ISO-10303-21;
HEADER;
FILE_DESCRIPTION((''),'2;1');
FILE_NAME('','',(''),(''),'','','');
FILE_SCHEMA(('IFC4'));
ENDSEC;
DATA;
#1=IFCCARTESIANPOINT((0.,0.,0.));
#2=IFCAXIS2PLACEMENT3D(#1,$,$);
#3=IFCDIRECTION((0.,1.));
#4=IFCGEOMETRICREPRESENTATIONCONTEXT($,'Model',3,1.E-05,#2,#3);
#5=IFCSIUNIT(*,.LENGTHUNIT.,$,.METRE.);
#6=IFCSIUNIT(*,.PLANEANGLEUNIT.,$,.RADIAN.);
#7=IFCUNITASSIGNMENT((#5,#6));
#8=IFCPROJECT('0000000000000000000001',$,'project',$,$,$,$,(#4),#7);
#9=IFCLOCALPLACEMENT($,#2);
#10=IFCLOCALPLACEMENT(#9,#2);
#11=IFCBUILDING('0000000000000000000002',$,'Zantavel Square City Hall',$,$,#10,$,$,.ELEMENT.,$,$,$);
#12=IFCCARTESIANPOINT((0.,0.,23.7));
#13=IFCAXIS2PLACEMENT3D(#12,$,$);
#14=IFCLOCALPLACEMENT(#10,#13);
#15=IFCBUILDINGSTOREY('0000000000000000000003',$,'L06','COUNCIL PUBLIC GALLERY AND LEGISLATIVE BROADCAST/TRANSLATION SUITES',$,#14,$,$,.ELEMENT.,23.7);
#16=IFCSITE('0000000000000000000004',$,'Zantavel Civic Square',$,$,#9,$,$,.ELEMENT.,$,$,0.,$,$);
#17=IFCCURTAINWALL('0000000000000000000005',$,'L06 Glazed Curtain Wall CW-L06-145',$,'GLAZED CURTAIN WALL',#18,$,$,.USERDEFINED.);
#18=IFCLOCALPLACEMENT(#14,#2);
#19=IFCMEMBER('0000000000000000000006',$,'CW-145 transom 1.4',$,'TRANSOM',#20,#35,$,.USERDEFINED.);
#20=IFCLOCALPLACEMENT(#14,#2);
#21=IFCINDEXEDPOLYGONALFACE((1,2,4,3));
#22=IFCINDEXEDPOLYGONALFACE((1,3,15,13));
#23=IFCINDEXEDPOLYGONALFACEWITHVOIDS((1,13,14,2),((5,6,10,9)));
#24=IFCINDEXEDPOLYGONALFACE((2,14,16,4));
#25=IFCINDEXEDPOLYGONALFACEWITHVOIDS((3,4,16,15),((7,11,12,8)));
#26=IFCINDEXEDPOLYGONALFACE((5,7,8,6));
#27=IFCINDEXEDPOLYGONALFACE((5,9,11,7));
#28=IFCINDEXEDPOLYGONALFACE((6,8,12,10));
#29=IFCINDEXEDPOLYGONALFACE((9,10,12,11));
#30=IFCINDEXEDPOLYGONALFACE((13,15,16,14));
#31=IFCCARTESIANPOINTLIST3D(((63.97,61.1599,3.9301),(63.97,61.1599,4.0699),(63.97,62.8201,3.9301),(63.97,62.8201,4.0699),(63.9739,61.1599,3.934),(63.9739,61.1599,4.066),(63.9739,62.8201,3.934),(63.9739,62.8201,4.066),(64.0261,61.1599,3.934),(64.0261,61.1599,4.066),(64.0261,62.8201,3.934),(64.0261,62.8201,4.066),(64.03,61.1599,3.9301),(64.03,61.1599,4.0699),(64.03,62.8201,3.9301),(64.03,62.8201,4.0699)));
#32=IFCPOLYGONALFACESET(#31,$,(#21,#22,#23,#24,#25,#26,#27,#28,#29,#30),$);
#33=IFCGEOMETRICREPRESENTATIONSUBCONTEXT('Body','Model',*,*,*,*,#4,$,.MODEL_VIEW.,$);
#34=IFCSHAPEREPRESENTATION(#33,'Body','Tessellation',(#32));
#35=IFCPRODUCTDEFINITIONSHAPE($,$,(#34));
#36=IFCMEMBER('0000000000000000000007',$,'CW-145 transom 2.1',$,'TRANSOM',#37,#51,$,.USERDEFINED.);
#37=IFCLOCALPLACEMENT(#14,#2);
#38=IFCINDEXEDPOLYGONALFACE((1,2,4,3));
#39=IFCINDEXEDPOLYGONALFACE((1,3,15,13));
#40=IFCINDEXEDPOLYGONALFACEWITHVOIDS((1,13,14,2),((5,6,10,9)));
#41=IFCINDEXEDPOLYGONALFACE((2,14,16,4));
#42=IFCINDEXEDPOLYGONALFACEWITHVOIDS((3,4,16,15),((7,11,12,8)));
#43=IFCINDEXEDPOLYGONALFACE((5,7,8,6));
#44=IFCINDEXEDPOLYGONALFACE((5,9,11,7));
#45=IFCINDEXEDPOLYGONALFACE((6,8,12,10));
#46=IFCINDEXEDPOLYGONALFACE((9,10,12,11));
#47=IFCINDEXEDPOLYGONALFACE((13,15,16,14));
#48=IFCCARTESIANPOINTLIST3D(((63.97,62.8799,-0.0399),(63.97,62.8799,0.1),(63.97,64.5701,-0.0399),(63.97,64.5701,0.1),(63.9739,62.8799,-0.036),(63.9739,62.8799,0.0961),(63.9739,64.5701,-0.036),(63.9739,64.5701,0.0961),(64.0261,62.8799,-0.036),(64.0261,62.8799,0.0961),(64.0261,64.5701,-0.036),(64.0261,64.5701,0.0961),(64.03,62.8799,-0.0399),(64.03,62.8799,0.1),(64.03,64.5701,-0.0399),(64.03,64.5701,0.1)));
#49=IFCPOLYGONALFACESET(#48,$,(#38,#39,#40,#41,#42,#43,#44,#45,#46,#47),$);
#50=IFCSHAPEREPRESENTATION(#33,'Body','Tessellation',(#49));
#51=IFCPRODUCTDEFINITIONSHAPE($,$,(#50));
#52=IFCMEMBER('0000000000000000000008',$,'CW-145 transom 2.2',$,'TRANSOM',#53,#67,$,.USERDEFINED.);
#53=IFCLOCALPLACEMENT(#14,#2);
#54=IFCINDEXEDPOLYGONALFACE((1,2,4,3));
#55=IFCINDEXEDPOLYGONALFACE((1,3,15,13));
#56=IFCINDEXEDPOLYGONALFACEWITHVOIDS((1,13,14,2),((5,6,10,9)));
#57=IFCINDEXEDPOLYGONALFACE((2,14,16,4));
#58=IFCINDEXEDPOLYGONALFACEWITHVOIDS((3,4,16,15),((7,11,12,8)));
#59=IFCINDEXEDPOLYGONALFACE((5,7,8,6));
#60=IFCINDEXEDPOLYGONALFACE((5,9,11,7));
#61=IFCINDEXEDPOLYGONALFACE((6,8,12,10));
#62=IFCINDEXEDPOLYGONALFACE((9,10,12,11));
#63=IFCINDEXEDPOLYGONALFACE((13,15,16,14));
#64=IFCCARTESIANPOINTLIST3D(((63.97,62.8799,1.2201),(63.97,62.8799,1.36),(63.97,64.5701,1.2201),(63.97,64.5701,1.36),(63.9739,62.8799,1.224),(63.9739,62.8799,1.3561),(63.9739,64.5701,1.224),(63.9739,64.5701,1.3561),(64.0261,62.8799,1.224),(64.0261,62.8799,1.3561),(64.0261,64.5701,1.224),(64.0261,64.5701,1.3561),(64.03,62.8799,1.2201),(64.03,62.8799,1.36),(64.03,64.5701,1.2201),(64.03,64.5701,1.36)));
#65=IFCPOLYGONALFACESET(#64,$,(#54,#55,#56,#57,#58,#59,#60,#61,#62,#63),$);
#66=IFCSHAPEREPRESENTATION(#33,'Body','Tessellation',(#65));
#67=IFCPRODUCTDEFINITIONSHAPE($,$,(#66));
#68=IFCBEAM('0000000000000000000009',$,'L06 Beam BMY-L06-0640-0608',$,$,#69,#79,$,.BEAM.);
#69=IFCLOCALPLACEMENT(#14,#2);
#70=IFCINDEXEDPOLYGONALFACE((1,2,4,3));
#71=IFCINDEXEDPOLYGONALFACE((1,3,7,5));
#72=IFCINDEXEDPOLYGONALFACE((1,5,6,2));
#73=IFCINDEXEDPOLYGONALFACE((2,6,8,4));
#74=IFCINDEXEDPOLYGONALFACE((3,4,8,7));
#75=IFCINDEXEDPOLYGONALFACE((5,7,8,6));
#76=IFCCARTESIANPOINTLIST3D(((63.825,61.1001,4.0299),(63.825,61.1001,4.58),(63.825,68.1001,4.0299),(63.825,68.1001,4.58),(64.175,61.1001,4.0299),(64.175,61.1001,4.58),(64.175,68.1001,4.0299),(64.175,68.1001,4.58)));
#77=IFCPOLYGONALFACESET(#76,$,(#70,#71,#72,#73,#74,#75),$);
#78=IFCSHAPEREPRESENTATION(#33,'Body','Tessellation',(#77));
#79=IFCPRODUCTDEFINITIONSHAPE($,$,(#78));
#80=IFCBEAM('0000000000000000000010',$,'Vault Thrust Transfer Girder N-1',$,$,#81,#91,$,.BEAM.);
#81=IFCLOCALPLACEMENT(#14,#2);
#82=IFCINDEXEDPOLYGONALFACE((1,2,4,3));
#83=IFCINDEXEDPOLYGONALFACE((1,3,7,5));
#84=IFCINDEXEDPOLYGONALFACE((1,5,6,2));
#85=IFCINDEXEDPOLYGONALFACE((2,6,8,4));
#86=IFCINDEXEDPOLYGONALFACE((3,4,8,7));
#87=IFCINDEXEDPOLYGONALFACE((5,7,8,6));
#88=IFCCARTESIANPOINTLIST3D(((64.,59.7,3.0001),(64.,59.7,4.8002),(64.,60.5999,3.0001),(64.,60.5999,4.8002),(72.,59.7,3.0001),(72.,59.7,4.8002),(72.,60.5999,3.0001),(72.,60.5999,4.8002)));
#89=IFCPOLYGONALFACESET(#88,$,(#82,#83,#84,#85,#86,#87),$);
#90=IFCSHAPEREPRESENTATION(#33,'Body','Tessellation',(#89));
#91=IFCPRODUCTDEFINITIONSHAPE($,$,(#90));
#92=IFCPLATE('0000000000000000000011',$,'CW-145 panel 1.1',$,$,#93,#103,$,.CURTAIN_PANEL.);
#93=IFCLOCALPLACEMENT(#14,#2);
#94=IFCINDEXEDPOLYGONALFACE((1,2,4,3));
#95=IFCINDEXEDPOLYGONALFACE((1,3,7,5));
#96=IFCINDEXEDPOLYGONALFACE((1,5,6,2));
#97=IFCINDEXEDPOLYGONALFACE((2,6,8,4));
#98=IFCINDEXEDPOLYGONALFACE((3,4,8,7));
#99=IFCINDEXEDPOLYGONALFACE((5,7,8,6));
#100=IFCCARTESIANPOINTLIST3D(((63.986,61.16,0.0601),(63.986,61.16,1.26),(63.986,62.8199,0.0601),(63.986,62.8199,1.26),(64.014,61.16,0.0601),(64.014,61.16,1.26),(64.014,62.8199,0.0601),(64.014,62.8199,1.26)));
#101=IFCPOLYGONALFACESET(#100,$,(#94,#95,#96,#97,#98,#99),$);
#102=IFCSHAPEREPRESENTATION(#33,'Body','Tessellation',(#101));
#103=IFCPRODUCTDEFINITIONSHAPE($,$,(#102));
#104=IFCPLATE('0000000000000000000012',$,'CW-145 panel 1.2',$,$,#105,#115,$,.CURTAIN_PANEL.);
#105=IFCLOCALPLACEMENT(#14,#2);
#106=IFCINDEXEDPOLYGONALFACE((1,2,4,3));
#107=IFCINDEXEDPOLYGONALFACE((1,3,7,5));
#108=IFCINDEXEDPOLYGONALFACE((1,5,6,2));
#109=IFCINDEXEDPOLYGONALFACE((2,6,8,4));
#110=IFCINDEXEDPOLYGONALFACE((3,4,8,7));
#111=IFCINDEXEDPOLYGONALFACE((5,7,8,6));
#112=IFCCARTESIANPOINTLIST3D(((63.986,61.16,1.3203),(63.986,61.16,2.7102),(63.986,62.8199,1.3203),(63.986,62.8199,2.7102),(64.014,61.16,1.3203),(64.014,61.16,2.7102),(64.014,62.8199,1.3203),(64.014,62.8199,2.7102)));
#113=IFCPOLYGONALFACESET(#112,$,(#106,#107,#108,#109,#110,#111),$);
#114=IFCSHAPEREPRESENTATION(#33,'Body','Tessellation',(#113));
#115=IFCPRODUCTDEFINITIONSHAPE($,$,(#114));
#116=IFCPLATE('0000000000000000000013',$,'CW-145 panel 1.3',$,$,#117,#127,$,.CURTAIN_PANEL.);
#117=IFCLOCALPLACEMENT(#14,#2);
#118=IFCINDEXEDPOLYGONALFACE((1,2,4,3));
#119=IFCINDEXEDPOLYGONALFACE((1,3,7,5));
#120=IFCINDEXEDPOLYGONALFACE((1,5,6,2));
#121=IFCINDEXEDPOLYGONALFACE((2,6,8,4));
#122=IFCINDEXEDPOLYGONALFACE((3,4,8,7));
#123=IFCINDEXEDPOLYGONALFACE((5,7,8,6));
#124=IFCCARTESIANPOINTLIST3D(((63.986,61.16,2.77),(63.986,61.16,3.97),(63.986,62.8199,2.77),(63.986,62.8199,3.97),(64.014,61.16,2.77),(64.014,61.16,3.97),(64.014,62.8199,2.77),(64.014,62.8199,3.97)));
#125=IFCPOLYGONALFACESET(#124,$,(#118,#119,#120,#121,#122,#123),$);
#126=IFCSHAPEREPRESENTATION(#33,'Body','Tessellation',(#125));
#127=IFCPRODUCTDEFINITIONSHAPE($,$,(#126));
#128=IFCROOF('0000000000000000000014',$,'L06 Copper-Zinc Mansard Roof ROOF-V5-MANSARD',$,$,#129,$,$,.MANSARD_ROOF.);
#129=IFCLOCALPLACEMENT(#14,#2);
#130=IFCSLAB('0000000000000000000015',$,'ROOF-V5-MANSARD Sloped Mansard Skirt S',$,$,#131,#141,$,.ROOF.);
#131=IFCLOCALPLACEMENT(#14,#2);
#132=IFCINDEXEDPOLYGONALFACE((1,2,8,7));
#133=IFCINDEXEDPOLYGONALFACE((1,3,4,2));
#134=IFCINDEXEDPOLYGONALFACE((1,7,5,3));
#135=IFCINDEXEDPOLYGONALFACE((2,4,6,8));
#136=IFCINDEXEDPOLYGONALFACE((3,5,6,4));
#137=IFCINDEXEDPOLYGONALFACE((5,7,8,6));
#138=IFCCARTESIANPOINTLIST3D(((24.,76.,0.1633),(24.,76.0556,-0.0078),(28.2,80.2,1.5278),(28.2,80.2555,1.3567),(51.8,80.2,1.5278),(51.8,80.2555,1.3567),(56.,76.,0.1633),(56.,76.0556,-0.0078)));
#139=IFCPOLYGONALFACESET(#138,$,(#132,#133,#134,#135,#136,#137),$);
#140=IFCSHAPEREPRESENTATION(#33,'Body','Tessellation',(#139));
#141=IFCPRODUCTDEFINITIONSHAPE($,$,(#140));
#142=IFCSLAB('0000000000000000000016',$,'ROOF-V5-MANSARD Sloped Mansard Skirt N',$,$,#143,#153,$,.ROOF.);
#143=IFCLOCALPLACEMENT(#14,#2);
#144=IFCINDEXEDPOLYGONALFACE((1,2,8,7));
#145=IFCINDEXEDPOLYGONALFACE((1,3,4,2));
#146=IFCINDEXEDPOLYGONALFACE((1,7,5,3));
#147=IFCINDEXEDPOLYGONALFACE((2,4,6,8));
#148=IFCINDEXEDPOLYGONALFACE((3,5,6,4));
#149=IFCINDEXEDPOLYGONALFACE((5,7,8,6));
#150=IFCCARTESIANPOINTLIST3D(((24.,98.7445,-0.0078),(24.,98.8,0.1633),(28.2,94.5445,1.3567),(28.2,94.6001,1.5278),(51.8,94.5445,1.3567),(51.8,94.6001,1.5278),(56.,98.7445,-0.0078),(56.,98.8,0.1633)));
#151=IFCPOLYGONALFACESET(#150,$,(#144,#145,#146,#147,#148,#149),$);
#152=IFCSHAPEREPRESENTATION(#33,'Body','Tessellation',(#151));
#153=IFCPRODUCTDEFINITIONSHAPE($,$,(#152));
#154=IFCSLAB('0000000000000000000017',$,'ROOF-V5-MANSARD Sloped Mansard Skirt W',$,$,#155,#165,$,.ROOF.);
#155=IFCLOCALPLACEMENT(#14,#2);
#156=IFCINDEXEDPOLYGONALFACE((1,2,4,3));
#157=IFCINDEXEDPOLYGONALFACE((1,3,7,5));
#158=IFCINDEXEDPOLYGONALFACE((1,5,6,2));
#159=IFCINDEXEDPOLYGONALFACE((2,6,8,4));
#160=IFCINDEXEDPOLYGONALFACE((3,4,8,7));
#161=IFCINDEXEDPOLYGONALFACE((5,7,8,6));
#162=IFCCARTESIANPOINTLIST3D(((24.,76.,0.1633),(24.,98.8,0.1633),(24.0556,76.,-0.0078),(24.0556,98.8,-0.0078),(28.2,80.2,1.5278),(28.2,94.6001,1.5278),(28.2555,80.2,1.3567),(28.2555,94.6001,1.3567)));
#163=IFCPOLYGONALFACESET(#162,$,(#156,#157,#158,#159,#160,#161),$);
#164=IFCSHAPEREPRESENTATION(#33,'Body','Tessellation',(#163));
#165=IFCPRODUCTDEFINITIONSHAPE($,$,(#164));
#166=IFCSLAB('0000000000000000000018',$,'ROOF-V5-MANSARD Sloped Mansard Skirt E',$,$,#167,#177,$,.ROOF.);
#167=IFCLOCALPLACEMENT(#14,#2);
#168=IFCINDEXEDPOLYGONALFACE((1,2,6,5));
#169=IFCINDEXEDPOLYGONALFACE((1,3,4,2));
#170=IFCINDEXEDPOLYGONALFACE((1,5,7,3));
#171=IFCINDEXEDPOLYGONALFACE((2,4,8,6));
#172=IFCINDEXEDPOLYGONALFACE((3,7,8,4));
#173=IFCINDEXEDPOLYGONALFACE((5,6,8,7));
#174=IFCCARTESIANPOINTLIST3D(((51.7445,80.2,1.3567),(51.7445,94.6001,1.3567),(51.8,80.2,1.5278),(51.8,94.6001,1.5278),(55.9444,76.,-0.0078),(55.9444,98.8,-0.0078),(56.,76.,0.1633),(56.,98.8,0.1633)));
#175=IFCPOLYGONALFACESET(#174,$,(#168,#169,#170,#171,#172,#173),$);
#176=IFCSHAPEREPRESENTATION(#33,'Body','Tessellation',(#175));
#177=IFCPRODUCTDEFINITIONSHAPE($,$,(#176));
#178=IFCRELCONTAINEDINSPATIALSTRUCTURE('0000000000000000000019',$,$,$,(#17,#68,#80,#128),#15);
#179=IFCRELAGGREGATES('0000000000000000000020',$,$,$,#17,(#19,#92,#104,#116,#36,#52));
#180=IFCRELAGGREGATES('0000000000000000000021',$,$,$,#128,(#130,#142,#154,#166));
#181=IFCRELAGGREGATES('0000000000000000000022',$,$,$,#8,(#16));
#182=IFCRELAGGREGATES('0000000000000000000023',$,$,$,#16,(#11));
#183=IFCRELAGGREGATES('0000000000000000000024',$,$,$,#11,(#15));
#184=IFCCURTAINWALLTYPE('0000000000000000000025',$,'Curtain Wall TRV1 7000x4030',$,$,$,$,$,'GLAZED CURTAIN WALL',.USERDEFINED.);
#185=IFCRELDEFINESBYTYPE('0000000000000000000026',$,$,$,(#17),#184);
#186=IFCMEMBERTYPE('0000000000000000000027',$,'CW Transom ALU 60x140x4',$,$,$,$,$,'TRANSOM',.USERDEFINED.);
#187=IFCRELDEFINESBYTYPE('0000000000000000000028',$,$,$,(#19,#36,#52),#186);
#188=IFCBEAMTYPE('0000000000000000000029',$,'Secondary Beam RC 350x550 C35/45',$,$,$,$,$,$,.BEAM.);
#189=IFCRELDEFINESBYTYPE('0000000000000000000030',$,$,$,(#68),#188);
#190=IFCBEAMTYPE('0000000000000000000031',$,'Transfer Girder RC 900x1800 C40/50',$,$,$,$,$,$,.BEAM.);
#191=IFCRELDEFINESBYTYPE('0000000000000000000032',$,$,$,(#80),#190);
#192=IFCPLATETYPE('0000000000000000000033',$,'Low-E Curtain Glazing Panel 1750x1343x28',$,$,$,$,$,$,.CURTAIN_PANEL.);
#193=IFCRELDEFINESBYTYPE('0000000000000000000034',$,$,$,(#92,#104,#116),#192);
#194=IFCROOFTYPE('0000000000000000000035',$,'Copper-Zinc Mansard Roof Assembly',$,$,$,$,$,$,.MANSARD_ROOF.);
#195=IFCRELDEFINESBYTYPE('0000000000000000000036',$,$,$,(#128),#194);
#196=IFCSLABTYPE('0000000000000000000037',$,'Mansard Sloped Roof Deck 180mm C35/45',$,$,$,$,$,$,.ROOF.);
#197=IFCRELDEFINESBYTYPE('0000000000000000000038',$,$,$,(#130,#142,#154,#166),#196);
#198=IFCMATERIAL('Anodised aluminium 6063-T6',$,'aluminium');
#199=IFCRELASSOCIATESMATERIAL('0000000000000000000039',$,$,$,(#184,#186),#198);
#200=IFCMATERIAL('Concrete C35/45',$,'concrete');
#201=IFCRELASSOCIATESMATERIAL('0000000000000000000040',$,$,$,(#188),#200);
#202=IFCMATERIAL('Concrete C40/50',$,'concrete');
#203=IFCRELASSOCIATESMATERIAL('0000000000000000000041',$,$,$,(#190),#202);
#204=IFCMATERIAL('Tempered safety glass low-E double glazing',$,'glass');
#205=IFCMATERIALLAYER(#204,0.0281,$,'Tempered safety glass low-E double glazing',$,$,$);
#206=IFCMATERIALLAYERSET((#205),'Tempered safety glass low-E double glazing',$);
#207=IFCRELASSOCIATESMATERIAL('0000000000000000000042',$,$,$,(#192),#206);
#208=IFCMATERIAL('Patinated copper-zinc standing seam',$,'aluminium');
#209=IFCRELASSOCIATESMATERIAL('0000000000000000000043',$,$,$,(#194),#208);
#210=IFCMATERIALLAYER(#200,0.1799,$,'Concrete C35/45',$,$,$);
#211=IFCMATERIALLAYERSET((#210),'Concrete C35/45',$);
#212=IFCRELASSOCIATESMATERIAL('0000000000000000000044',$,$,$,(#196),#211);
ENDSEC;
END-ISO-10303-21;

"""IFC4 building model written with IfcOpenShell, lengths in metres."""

from ifc_helpers import new_model, si_unit, direction, frame, origin, origin_2d, place, context, subcontext, project, spatial, polyline, rectangle, hollow_rectangle, outline, extrude, material, layer, layer_set, material_profile, profile_set, type_object, element, aggregate, save


model = new_model("IFC4")

# Units and contexts
model_context = context("Model", 3, precision=1e-05, world=origin(), true_north=direction((0.0, 1.0)))
body_context = subcontext(model_context, "Body", "Model", "MODEL_VIEW")
ifc_project = project(units=[si_unit("LENGTHUNIT", "METRE"), si_unit("PLANEANGLEUNIT", "RADIAN")], contexts=[model_context])

# Site, building, storey
site_placement = place(None, origin())
site = spatial("IfcSite", under=ifc_project, at=site_placement, Name="Zantavel Civic Square", CompositionType="ELEMENT", RefElevation=0.0)
building_placement = place(site_placement, origin())
building = spatial("IfcBuilding", under=site, at=building_placement, Name="Zantavel Square City Hall", CompositionType="ELEMENT")
storey_placement = place(building_placement, frame((0.0, 0.0, 23.7)))
storey = spatial("IfcBuildingStorey", under=building, at=storey_placement, Name="L06", Description="COUNCIL PUBLIC GALLERY AND LEGISLATIVE BROADCAST/TRANSLATION SUITES", CompositionType="ELEMENT", Elevation=23.7)

# Shared definitions
ifc_material_1 = material(Name="Concrete C40/50", Category="concrete")

# Shared definitions
ifc_material_2 = material(Name="Anodised aluminium 6063-T6", Category="aluminium")
curtain_wall_type = type_object("IfcCurtainWallType", Name="Curtain Wall TRV1 7000x4030", ElementType="GLAZED CURTAIN WALL", PredefinedType="USERDEFINED", material=ifc_material_2)

# Curtain wall, members
curtain_wall_1_placement = place(storey_placement, origin())
curtain_wall_1 = element("IfcCurtainWall", 1, at=curtain_wall_1_placement, inside=storey, type_object=curtain_wall_type, Name="L06 Glazed Curtain Wall CW-L06-145", ObjectType="GLAZED CURTAIN WALL", PredefinedType="USERDEFINED")
ifc_material_profile_1 = material_profile(ifc_material_2, hollow_rectangle(XDim=0.0601, YDim=0.1399, WallThickness=0.0039, at=origin_2d()), Name="ALU 60x140x4")
ifc_profile_set_1 = profile_set([ifc_material_profile_1], Name="Anodised aluminium 6063-T6")
member_type_1 = type_object("IfcMemberType", Name="CW Transom ALU 60x140x4", ElementType="TRANSOM", PredefinedType="USERDEFINED", material=ifc_profile_set_1)
member_1_placement = place(storey_placement, frame((64.0, 61.1599, 4.0), z_axis=(0.0, 1.0, 0.0), x_axis=(-1.0, 0.0, 0.0)))
member_1 = element("IfcMember", 2, at=member_1_placement, type_object=member_type_1, Name="CW-145 transom 1.4", ObjectType="TRANSOM", PredefinedType="USERDEFINED", context=body_context, shape_type="SweptSolid", body=[
    extrude(hollow_rectangle(XDim=0.0601, YDim=0.1399, WallThickness=0.0039, at=origin_2d()), origin(), (0.0, 0.0, 1.0), 1.6602),
])
member_2_placement = place(storey_placement, frame((64.0, 62.8799, 0.03), z_axis=(0.0, 1.0, 0.0), x_axis=(-1.0, 0.0, 0.0)))
member_2 = element("IfcMember", 3, at=member_2_placement, type_object=member_type_1, Name="CW-145 transom 2.1", ObjectType="TRANSOM", PredefinedType="USERDEFINED", context=body_context, shape_type="SweptSolid", body=[
    extrude(hollow_rectangle(XDim=0.0601, YDim=0.1399, WallThickness=0.0039, at=origin_2d()), origin(), (0.0, 0.0, 1.0), 1.6902),
])
member_3_placement = place(storey_placement, frame((64.0, 62.8799, 1.29), z_axis=(0.0, 1.0, 0.0), x_axis=(-1.0, 0.0, 0.0)))
member_3 = element("IfcMember", 4, at=member_3_placement, type_object=member_type_1, Name="CW-145 transom 2.2", ObjectType="TRANSOM", PredefinedType="USERDEFINED", context=body_context, shape_type="SweptSolid", body=[
    extrude(hollow_rectangle(XDim=0.0601, YDim=0.1399, WallThickness=0.0039, at=origin_2d()), origin(), (0.0, 0.0, 1.0), 1.6902),
])

# Beams
ifc_material_3 = material(Name="Concrete C35/45", Category="concrete")
ifc_material_profile_2 = material_profile(ifc_material_3, rectangle(XDim=0.3501, YDim=0.55, at=origin_2d()), Name="RC 350x550")
ifc_profile_set_2 = profile_set([ifc_material_profile_2], Name="Concrete C35/45")
beam_type_1 = type_object("IfcBeamType", Name="Secondary Beam RC 350x550 C35/45", PredefinedType="BEAM", material=ifc_profile_set_2)
beam_1_placement = place(storey_placement, frame((64.0, 61.1001, 4.3049), z_axis=(0.0, 1.0, 0.0), x_axis=(-1.0, 0.0, 0.0)))
element("IfcBeam", 5, at=beam_1_placement, inside=storey, type_object=beam_type_1, Name="L06 Beam BMY-L06-0640-0608", PredefinedType="BEAM", context=body_context, shape_type="SweptSolid", body=[
    extrude(rectangle(XDim=0.3501, YDim=0.55, at=origin_2d()), origin(), (0.0, 0.0, 1.0), 7.0),
])
ifc_material_profile_3 = material_profile(ifc_material_1, rectangle(XDim=0.8999, YDim=1.8, at=origin_2d()), Name="RC 900x1800")
ifc_profile_set_3 = profile_set([ifc_material_profile_3], Name="Concrete C40/50")
beam_type_2 = type_object("IfcBeamType", Name="Transfer Girder RC 900x1800 C40/50", PredefinedType="BEAM", material=ifc_profile_set_3)
beam_2_placement = place(storey_placement, frame((64.0, 60.1499, 3.9001), z_axis=(1.0, 0.0, 0.0), x_axis=(0.0, 1.0, 0.0)))
element("IfcBeam", 6, at=beam_2_placement, inside=storey, type_object=beam_type_2, Name="Vault Thrust Transfer Girder N-1", PredefinedType="BEAM", context=body_context, shape_type="SweptSolid", body=[
    extrude(rectangle(XDim=0.8999, YDim=1.8, at=origin_2d()), origin(), (0.0, 0.0, 1.0), 8.0),
])

# Plates
ifc_material_4 = material(Name="Tempered safety glass low-E double glazing", Category="glass")
ifc_layer_1 = layer(ifc_material_4, 0.0281, Name="Tempered safety glass low-E double glazing")
ifc_layer_set_1 = layer_set([ifc_layer_1], Name="Tempered safety glass low-E double glazing")
plate_type = type_object("IfcPlateType", Name="Low-E Curtain Glazing Panel 1750x1343x28", PredefinedType="CURTAIN_PANEL", material=ifc_layer_set_1)
plate_1_placement = place(storey_placement, frame((64.0, 61.99, 0.0601), z_axis=(0.0, 0.0, 1.0), x_axis=(0.0, 1.0, 0.0)))
plate_1 = element("IfcPlate", 7, at=plate_1_placement, type_object=plate_type, Name="CW-145 panel 1.1", PredefinedType="CURTAIN_PANEL", context=body_context, shape_type="SweptSolid", body=[
    extrude(rectangle(XDim=1.6599, YDim=0.0281, at=origin_2d()), origin(), (0.0, 0.0, 1.0), 1.2),
])
plate_2_placement = place(storey_placement, frame((64.0, 61.99, 1.3203), z_axis=(0.0, 0.0, 1.0), x_axis=(0.0, 1.0, 0.0)))
plate_2 = element("IfcPlate", 8, at=plate_2_placement, type_object=plate_type, Name="CW-145 panel 1.2", PredefinedType="CURTAIN_PANEL", context=body_context, shape_type="SweptSolid", body=[
    extrude(rectangle(XDim=1.6599, YDim=0.0281, at=origin_2d()), origin(), (0.0, 0.0, 1.0), 1.3899),
])
plate_3_placement = place(storey_placement, frame((64.0, 61.99, 2.77), z_axis=(0.0, 0.0, 1.0), x_axis=(0.0, 1.0, 0.0)))
plate_3 = element("IfcPlate", 9, at=plate_3_placement, type_object=plate_type, Name="CW-145 panel 1.3", PredefinedType="CURTAIN_PANEL", context=body_context, shape_type="SweptSolid", body=[
    extrude(rectangle(XDim=1.6599, YDim=0.0281, at=origin_2d()), origin(), (0.0, 0.0, 1.0), 1.2),
])
aggregate(curtain_wall_1, [member_1, plate_1, plate_2, plate_3, member_2, member_3])

# Roof, slabs
ifc_material_5 = material(Name="Patinated copper-zinc standing seam", Category="aluminium")
roof_type = type_object("IfcRoofType", Name="Copper-Zinc Mansard Roof Assembly", PredefinedType="MANSARD_ROOF", material=ifc_material_5)
roof_placement = place(storey_placement, origin())
roof = element("IfcRoof", 10, at=roof_placement, inside=storey, type_object=roof_type, Name="L06 Copper-Zinc Mansard Roof ROOF-V5-MANSARD", PredefinedType="MANSARD_ROOF")
ifc_layer_2 = layer(ifc_material_3, 0.1799, Name="Concrete C35/45")
ifc_layer_set_2 = layer_set([ifc_layer_2], Name="Concrete C35/45")
slab_type = type_object("IfcSlabType", Name="Mansard Sloped Roof Deck 180mm C35/45", PredefinedType="ROOF", material=ifc_layer_set_2)
slab_1_placement = place(storey_placement, frame((24.0, 76.0, 0.1633), z_axis=(0.0, -0.308987, 0.951066), x_axis=(1.0, 0.0, 0.0)))
slab_1 = element("IfcSlab", 11, at=slab_1_placement, type_object=slab_type, Name="ROOF-V5-MANSARD Sloped Mansard Skirt S", PredefinedType="ROOF", context=body_context, shape_type="SweptSolid", body=[
    extrude(outline(polyline([(0.0, 0.0), (32.0, 0.0), (27.8, 4.416), (4.2, 4.416), (0.0, 0.0)])), origin(), (0.0, 0.0, -1.0), 0.1799),
])
slab_2_placement = place(storey_placement, frame((56.0, 98.8, 0.1633), z_axis=(0.0, 0.308987, 0.951066), x_axis=(-1.0, 0.0, 0.0)))
slab_2 = element("IfcSlab", 12, at=slab_2_placement, type_object=slab_type, Name="ROOF-V5-MANSARD Sloped Mansard Skirt N", PredefinedType="ROOF", context=body_context, shape_type="SweptSolid", body=[
    extrude(outline(polyline([(0.0, 0.0), (32.0, 0.0), (27.8, 4.416), (4.2, 4.416), (0.0, 0.0)])), origin(), (0.0, 0.0, -1.0), 0.1799),
])
slab_3_placement = place(storey_placement, frame((24.0, 98.8, 0.1633), z_axis=(-0.308987, 0.0, 0.951066), x_axis=(0.0, -1.0, 0.0)))
slab_3 = element("IfcSlab", 13, at=slab_3_placement, type_object=slab_type, Name="ROOF-V5-MANSARD Sloped Mansard Skirt W", PredefinedType="ROOF", context=body_context, shape_type="SweptSolid", body=[
    extrude(outline(polyline([(0.0, 0.0), (22.8, 0.0), (18.6001, 4.416), (4.2, 4.416), (0.0, 0.0)])), origin(), (0.0, 0.0, -1.0), 0.1799),
])
slab_4_placement = place(storey_placement, frame((56.0, 76.0, 0.1633), z_axis=(0.308987, 0.0, 0.951066), x_axis=(0.0, 1.0, 0.0)))
slab_4 = element("IfcSlab", 14, at=slab_4_placement, type_object=slab_type, Name="ROOF-V5-MANSARD Sloped Mansard Skirt E", PredefinedType="ROOF", context=body_context, shape_type="SweptSolid", body=[
    extrude(outline(polyline([(0.0, 0.0), (22.8, 0.0), (18.6001, 4.416), (4.2, 4.416), (0.0, 0.0)])), origin(), (0.0, 0.0, -1.0), 0.1799),
])
aggregate(roof, [slab_1, slab_2, slab_3, slab_4])

save(model, "model.ifc")
